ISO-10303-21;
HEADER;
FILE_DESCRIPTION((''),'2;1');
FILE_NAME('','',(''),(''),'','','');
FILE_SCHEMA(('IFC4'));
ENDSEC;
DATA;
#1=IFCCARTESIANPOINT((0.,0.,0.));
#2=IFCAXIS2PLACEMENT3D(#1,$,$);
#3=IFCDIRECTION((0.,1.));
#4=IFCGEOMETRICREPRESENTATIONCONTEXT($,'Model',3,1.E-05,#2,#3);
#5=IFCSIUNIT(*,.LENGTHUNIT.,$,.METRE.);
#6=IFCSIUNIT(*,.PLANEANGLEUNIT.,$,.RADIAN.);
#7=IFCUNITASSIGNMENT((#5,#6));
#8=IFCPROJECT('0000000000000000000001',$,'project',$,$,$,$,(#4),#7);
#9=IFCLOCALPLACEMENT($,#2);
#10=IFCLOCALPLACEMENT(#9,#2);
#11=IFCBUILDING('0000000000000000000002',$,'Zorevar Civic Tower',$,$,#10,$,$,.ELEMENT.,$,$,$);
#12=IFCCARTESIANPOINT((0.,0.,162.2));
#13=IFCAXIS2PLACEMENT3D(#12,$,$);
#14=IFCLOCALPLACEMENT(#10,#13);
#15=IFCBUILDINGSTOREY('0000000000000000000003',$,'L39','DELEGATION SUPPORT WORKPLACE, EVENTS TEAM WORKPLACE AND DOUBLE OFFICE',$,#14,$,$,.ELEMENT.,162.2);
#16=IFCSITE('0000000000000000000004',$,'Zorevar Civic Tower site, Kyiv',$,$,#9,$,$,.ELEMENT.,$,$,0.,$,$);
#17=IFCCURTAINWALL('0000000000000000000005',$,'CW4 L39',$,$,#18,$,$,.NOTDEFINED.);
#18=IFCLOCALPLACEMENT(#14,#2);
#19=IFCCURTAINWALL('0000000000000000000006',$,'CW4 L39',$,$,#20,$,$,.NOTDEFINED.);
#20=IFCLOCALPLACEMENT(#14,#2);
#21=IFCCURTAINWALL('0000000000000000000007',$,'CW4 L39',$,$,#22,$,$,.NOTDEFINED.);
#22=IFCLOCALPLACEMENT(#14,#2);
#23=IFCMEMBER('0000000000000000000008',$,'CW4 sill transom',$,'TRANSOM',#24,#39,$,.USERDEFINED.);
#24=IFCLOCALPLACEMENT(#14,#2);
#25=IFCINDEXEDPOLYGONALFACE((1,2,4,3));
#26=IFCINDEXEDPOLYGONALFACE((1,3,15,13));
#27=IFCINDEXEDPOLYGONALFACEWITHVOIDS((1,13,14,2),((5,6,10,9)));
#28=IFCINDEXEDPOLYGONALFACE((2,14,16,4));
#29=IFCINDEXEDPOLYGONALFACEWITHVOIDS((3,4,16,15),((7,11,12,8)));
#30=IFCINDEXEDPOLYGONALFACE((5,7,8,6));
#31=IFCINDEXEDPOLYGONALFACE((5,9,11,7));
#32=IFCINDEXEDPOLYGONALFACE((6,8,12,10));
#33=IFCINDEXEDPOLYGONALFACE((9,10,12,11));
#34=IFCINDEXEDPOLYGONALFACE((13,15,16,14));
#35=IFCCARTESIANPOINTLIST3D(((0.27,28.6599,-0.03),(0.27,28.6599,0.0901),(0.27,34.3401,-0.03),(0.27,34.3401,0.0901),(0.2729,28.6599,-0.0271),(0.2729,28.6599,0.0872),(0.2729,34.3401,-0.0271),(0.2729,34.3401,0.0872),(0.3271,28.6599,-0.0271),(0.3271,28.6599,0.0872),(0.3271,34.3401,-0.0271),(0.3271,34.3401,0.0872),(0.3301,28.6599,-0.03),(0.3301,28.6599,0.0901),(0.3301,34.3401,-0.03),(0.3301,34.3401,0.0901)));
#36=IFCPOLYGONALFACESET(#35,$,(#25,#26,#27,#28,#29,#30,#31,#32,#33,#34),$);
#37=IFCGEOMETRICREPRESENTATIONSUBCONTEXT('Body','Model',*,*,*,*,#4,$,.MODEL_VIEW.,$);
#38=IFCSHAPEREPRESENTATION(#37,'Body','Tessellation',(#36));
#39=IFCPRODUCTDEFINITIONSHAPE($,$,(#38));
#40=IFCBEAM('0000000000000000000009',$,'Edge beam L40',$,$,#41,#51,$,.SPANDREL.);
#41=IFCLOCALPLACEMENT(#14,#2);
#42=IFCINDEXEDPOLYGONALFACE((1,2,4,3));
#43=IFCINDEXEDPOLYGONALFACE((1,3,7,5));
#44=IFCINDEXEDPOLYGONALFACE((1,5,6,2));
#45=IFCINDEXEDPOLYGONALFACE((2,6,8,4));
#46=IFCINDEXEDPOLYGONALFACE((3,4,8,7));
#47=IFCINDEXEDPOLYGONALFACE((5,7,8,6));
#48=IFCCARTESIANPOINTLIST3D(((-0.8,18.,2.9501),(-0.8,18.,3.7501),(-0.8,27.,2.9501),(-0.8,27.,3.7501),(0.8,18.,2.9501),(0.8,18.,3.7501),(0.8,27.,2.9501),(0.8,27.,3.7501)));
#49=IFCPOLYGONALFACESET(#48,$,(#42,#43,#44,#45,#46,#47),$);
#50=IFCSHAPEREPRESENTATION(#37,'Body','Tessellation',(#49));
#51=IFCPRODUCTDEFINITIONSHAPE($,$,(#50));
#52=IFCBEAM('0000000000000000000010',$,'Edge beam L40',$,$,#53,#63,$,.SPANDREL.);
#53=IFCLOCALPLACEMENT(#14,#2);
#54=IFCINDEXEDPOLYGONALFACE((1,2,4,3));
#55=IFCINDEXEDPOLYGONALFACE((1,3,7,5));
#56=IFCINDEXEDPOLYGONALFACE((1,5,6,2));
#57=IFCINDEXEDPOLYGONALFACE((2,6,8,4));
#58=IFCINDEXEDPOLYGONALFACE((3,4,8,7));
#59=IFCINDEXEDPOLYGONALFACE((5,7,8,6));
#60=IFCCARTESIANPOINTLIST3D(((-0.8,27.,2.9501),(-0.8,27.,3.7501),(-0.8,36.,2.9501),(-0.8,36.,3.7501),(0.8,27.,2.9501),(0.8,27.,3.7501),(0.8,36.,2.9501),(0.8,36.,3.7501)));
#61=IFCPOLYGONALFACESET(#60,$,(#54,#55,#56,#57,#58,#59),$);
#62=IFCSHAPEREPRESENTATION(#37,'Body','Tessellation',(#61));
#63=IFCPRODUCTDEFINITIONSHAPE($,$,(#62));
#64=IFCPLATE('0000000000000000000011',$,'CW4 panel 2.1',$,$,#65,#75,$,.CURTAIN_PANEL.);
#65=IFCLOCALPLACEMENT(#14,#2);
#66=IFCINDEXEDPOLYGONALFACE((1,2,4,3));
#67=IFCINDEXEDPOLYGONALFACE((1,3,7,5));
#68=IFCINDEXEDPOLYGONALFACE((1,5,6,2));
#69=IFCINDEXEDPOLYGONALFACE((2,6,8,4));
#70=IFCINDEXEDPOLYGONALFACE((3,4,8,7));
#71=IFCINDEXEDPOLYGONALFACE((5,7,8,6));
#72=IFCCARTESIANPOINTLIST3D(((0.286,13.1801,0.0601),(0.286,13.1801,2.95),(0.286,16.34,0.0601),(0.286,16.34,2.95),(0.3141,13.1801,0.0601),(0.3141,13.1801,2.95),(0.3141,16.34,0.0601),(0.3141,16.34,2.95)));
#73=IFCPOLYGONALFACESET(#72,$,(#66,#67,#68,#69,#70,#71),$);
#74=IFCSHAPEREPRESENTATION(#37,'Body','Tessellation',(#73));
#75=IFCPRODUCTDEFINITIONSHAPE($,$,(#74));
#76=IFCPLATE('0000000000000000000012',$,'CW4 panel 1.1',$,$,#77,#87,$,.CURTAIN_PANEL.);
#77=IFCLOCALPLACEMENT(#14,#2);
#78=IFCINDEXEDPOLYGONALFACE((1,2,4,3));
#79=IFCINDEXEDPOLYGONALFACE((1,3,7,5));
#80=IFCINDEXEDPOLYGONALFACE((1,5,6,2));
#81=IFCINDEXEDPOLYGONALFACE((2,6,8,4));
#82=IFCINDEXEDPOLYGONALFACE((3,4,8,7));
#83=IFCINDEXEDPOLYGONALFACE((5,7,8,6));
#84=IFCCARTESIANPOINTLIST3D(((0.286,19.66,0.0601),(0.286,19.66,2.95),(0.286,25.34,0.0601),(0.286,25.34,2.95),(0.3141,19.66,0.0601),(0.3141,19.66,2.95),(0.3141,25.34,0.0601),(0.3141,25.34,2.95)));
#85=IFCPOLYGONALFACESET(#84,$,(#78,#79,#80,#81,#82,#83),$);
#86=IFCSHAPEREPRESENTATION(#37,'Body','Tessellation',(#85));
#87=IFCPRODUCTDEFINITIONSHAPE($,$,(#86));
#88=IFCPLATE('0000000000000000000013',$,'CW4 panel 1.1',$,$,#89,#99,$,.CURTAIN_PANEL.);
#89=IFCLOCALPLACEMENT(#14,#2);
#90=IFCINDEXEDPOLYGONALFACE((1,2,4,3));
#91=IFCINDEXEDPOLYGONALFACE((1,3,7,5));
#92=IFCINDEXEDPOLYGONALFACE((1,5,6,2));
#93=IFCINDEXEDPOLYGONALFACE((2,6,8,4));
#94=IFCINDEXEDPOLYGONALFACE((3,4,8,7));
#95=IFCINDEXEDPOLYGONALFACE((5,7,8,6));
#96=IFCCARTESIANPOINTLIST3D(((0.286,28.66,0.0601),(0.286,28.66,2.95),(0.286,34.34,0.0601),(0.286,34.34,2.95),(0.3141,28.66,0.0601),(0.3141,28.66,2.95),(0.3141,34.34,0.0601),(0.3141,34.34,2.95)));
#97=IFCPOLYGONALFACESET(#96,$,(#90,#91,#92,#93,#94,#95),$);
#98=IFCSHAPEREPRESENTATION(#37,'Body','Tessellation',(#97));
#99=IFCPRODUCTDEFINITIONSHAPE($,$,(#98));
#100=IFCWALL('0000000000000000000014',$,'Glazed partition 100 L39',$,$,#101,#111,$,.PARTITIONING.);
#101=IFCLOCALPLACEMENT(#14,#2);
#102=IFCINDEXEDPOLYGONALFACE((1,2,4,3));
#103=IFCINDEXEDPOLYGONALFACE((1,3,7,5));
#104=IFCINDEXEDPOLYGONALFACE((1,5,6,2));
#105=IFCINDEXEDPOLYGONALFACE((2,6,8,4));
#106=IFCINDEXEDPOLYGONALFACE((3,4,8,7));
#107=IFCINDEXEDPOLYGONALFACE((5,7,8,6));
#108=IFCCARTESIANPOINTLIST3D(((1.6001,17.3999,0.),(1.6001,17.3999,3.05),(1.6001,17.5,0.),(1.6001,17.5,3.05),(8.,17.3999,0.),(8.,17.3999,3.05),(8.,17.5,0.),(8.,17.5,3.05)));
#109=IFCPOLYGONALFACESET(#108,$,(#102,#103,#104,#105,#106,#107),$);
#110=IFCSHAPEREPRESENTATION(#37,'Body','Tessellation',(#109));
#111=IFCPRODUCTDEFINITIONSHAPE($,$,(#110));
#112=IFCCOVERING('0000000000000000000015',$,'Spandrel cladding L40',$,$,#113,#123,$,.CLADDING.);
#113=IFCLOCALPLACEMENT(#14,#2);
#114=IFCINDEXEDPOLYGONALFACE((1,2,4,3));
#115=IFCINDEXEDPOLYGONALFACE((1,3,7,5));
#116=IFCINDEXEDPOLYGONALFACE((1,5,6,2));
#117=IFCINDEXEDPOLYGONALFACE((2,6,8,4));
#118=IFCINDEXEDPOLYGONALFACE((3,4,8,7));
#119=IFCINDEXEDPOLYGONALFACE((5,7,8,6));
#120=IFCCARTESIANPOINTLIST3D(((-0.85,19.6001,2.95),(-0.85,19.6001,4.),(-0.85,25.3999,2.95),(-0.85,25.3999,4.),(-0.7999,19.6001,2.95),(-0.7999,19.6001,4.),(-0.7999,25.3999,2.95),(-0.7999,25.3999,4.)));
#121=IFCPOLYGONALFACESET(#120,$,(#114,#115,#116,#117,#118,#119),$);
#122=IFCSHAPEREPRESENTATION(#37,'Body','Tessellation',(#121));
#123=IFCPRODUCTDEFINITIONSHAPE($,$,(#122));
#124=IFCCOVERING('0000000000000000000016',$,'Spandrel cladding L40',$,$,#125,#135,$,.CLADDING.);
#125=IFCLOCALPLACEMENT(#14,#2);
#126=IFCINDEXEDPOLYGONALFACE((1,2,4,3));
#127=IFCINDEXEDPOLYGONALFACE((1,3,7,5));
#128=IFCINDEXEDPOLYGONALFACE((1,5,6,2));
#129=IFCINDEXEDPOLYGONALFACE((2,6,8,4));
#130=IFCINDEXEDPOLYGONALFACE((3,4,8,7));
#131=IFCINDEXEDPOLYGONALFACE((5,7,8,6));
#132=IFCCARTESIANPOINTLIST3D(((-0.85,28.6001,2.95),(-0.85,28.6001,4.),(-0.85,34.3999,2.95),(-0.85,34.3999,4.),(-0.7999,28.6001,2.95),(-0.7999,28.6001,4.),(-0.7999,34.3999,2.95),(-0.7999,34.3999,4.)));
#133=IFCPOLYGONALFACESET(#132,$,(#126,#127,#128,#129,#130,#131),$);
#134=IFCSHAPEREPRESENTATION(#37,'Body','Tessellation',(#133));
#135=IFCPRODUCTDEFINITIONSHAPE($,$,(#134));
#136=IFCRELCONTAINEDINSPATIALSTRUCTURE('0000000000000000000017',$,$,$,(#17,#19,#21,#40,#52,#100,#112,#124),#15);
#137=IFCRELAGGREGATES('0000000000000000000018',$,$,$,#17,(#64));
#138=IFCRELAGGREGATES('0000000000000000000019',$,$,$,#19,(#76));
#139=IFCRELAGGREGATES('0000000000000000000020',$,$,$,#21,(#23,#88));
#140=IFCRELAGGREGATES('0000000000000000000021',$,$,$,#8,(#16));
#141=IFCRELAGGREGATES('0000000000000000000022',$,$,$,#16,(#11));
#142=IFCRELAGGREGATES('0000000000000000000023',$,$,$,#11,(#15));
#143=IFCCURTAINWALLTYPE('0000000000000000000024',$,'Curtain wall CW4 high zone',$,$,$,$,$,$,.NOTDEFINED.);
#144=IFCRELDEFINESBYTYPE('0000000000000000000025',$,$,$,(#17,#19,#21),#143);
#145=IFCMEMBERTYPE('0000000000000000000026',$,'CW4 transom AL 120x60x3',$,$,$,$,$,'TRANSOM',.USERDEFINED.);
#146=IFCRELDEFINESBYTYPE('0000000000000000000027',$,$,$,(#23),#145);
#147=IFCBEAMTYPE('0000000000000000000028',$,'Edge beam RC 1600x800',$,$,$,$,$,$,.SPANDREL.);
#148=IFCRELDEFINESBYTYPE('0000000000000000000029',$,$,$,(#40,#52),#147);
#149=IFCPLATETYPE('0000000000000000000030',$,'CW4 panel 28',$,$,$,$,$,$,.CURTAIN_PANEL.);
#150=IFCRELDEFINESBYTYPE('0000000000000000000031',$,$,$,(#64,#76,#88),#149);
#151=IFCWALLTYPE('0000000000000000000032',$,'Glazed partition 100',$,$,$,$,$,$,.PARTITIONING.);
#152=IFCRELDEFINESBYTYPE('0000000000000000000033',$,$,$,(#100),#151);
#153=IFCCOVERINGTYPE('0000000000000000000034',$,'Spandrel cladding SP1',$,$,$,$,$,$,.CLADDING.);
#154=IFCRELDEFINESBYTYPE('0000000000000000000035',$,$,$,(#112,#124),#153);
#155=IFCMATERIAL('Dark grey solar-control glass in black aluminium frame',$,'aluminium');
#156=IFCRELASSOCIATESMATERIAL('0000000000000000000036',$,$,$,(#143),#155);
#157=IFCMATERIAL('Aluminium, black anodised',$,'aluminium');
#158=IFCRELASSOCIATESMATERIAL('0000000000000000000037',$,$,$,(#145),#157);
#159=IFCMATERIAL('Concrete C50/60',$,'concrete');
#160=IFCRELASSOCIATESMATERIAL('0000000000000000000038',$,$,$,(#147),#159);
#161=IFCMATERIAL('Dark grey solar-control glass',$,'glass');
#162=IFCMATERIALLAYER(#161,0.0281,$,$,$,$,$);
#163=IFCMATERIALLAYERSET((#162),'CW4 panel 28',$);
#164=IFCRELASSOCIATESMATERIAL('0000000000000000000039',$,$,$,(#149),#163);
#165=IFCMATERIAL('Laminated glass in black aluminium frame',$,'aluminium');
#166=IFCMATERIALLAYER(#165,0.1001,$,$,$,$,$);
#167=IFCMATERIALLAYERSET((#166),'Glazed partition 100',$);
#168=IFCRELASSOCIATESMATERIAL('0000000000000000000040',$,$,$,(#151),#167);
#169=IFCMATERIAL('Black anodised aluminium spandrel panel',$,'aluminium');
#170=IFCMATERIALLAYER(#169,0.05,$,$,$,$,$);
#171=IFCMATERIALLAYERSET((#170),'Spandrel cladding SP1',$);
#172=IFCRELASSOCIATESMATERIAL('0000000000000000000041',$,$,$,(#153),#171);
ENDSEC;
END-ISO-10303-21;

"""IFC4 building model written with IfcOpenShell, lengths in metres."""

from ifc_helpers import new_model, si_unit, direction, frame, frame_2d, origin, origin_2d, place, context, subcontext, project, spatial, rectangle, hollow_rectangle, extrude, material, layer, layer_set, material_profile, profile_set, type_object, element, aggregate, save


model = new_model("IFC4")

# Units and contexts
model_context = context("Model", 3, precision=1e-05, world=origin(), true_north=direction((0.0, 1.0)))
body_context = subcontext(model_context, "Body", "Model", "MODEL_VIEW")
ifc_project = project(units=[si_unit("LENGTHUNIT", "METRE"), si_unit("PLANEANGLEUNIT", "RADIAN")], contexts=[model_context])

# Site, building, storey
site_placement = place(None, origin())
site = spatial("IfcSite", under=ifc_project, at=site_placement, Name="Zorevar Civic Tower site, Kyiv", CompositionType="ELEMENT", RefElevation=0.0)
building_placement = place(site_placement, origin())
building = spatial("IfcBuilding", under=site, at=building_placement, Name="Zorevar Civic Tower", CompositionType="ELEMENT")
storey_placement = place(building_placement, frame((0.0, 0.0, 162.2)))
storey = spatial("IfcBuildingStorey", under=building, at=storey_placement, Name="L39", Description="DELEGATION SUPPORT WORKPLACE, EVENTS TEAM WORKPLACE AND DOUBLE OFFICE", CompositionType="ELEMENT", Elevation=162.2)

# Curtain wall
ifc_material_1 = material(Name="Dark grey solar-control glass in black aluminium frame", Category="aluminium")
curtain_wall_type = type_object("IfcCurtainWallType", Name="Curtain wall CW4 high zone", PredefinedType="NOTDEFINED", material=ifc_material_1)
curtain_wall_1_placement = place(storey_placement, origin())
curtain_wall_1 = element("IfcCurtainWall", 1, at=curtain_wall_1_placement, inside=storey, type_object=curtain_wall_type, Name="CW4 L39", PredefinedType="NOTDEFINED")

# Curtain wall
curtain_wall_2_placement = place(storey_placement, origin())
curtain_wall_2 = element("IfcCurtainWall", 2, at=curtain_wall_2_placement, inside=storey, type_object=curtain_wall_type, Name="CW4 L39", PredefinedType="NOTDEFINED")

# Curtain wall
curtain_wall_3_placement = place(storey_placement, origin())
curtain_wall_3 = element("IfcCurtainWall", 3, at=curtain_wall_3_placement, inside=storey, type_object=curtain_wall_type, Name="CW4 L39", PredefinedType="NOTDEFINED")

# Member
ifc_material_2 = material(Name="Aluminium, black anodised", Category="aluminium")
ifc_material_profile_1 = material_profile(ifc_material_2, hollow_rectangle(XDim=0.0601, YDim=0.1201, WallThickness=0.0029, at=origin_2d()), Name="AL 120x60x3")
ifc_profile_set_1 = profile_set([ifc_material_profile_1], Name="Aluminium, black anodised")
member_type_1 = type_object("IfcMemberType", Name="CW4 transom AL 120x60x3", ElementType="TRANSOM", PredefinedType="USERDEFINED", material=ifc_profile_set_1)
member_1_placement = place(storey_placement, frame((0.3, 28.6599, 0.03), z_axis=(0.0, 1.0, 0.0), x_axis=(-1.0, 0.0, 0.0)))
member_1 = element("IfcMember", 4, at=member_1_placement, type_object=member_type_1, Name="CW4 sill transom", ObjectType="TRANSOM", PredefinedType="USERDEFINED", context=body_context, shape_type="SweptSolid", body=[
    extrude(hollow_rectangle(XDim=0.0601, YDim=0.1201, WallThickness=0.0029, at=origin_2d()), origin(), (0.0, 0.0, 1.0), 5.6802),
])

# Beams
ifc_material_3 = material(Name="Concrete C50/60", Category="concrete")
ifc_material_profile_2 = material_profile(ifc_material_3, rectangle(XDim=1.6001, YDim=0.8, at=origin_2d()), Name="RC 1600x800")
ifc_profile_set_2 = profile_set([ifc_material_profile_2], Name="Concrete C50/60")
beam_type_1 = type_object("IfcBeamType", Name="Edge beam RC 1600x800", PredefinedType="SPANDREL", material=ifc_profile_set_2)
for number, where, z_axis, x_axis, name in (
    (5, (0.0, 18.0, 3.3501), (0.0, 1.0, 0.0), (-1.0, 0.0, 0.0), "Edge beam L40"),
    (6, (0.0, 27.0, 3.3501), (0.0, 1.0, 0.0), (-1.0, 0.0, 0.0), "Edge beam L40"),
):
    element("IfcBeam", number, at=place(storey_placement, frame(where, z_axis=z_axis, x_axis=x_axis)), inside=storey, type_object=beam_type_1, Name=name, PredefinedType="SPANDREL", context=body_context, shape_type="SweptSolid", body=[
        extrude(rectangle(XDim=1.6001, YDim=0.8, at=origin_2d()), origin(), (0.0, 0.0, 1.0), 9.0),
    ])

# Plates
ifc_material_4 = material(Name="Dark grey solar-control glass", Category="glass")
ifc_layer_1 = layer(ifc_material_4, 0.0281)
ifc_layer_set_1 = layer_set([ifc_layer_1], Name="CW4 panel 28")
plate_type = type_object("IfcPlateType", Name="CW4 panel 28", PredefinedType="CURTAIN_PANEL", material=ifc_layer_set_1)
plate_1_placement = place(storey_placement, frame((0.3, 14.76, 0.0601), z_axis=(0.0, 0.0, 1.0), x_axis=(0.0, 1.0, 0.0)))
plate_1 = element("IfcPlate", 7, at=plate_1_placement, type_object=plate_type, Name="CW4 panel 2.1", PredefinedType="CURTAIN_PANEL", context=body_context, shape_type="SweptSolid", body=[
    extrude(rectangle(XDim=3.1599, YDim=0.0281, at=origin_2d()), origin(), (0.0, 0.0, 1.0), 2.8899),
])
aggregate(curtain_wall_1, [plate_1])
plate_2_placement = place(storey_placement, frame((0.3, 22.5, 0.0601), z_axis=(0.0, 0.0, 1.0), x_axis=(0.0, 1.0, 0.0)))
plate_2 = element("IfcPlate", 8, at=plate_2_placement, type_object=plate_type, Name="CW4 panel 1.1", PredefinedType="CURTAIN_PANEL", context=body_context, shape_type="SweptSolid", body=[
    extrude(rectangle(XDim=5.6799, YDim=0.0281, at=origin_2d()), origin(), (0.0, 0.0, 1.0), 2.8899),
])
aggregate(curtain_wall_2, [plate_2])
plate_3_placement = place(storey_placement, frame((0.3, 31.5, 0.0601), z_axis=(0.0, 0.0, 1.0), x_axis=(0.0, 1.0, 0.0)))
plate_3 = element("IfcPlate", 9, at=plate_3_placement, type_object=plate_type, Name="CW4 panel 1.1", PredefinedType="CURTAIN_PANEL", context=body_context, shape_type="SweptSolid", body=[
    extrude(rectangle(XDim=5.6799, YDim=0.0281, at=origin_2d()), origin(), (0.0, 0.0, 1.0), 2.8899),
])
aggregate(curtain_wall_3, [member_1, plate_3])

# Wall
ifc_material_5 = material(Name="Laminated glass in black aluminium frame", Category="aluminium")
ifc_layer_2 = layer(ifc_material_5, 0.1001)
ifc_layer_set_2 = layer_set([ifc_layer_2], Name="Glazed partition 100")
wall_type = type_object("IfcWallType", Name="Glazed partition 100", PredefinedType="PARTITIONING", material=ifc_layer_set_2)
wall_placement = place(storey_placement, frame((1.6001, 17.45, 0.0), z_axis=(0.0, 0.0, 1.0), x_axis=(1.0, 0.0, 0.0)))
element("IfcWall", 10, at=wall_placement, inside=storey, type_object=wall_type, Name="Glazed partition 100 L39", PredefinedType="PARTITIONING", context=body_context, shape_type="SweptSolid", body=[
    extrude(rectangle(XDim=6.3999, YDim=0.1001, at=frame_2d((3.2, 0.0))), origin(), (0.0, 0.0, 1.0), 3.05),
])

# Coverings
ifc_material_6 = material(Name="Black anodised aluminium spandrel panel", Category="aluminium")
ifc_layer_3 = layer(ifc_material_6, 0.05)
ifc_layer_set_3 = layer_set([ifc_layer_3], Name="Spandrel cladding SP1")
covering_type = type_object("IfcCoveringType", Name="Spandrel cladding SP1", PredefinedType="CLADDING", material=ifc_layer_set_3)
for number, where, z_axis, x_axis, name in (
    (11, (-0.825, 19.6001, 2.95), (0.0, 0.0, 1.0), (0.0, 1.0, 0.0), "Spandrel cladding L40"),
    (12, (-0.825, 28.6001, 2.95), (0.0, 0.0, 1.0), (0.0, 1.0, 0.0), "Spandrel cladding L40"),
):
    element("IfcCovering", number, at=place(storey_placement, frame(where, z_axis=z_axis, x_axis=x_axis)), inside=storey, type_object=covering_type, Name=name, PredefinedType="CLADDING", context=body_context, shape_type="SweptSolid", body=[
        extrude(rectangle(XDim=5.7998, YDim=0.05, at=frame_2d((2.8999, 0.0))), origin(), (0.0, 0.0, 1.0), 1.05),
    ])

save(model, "model.ifc")
